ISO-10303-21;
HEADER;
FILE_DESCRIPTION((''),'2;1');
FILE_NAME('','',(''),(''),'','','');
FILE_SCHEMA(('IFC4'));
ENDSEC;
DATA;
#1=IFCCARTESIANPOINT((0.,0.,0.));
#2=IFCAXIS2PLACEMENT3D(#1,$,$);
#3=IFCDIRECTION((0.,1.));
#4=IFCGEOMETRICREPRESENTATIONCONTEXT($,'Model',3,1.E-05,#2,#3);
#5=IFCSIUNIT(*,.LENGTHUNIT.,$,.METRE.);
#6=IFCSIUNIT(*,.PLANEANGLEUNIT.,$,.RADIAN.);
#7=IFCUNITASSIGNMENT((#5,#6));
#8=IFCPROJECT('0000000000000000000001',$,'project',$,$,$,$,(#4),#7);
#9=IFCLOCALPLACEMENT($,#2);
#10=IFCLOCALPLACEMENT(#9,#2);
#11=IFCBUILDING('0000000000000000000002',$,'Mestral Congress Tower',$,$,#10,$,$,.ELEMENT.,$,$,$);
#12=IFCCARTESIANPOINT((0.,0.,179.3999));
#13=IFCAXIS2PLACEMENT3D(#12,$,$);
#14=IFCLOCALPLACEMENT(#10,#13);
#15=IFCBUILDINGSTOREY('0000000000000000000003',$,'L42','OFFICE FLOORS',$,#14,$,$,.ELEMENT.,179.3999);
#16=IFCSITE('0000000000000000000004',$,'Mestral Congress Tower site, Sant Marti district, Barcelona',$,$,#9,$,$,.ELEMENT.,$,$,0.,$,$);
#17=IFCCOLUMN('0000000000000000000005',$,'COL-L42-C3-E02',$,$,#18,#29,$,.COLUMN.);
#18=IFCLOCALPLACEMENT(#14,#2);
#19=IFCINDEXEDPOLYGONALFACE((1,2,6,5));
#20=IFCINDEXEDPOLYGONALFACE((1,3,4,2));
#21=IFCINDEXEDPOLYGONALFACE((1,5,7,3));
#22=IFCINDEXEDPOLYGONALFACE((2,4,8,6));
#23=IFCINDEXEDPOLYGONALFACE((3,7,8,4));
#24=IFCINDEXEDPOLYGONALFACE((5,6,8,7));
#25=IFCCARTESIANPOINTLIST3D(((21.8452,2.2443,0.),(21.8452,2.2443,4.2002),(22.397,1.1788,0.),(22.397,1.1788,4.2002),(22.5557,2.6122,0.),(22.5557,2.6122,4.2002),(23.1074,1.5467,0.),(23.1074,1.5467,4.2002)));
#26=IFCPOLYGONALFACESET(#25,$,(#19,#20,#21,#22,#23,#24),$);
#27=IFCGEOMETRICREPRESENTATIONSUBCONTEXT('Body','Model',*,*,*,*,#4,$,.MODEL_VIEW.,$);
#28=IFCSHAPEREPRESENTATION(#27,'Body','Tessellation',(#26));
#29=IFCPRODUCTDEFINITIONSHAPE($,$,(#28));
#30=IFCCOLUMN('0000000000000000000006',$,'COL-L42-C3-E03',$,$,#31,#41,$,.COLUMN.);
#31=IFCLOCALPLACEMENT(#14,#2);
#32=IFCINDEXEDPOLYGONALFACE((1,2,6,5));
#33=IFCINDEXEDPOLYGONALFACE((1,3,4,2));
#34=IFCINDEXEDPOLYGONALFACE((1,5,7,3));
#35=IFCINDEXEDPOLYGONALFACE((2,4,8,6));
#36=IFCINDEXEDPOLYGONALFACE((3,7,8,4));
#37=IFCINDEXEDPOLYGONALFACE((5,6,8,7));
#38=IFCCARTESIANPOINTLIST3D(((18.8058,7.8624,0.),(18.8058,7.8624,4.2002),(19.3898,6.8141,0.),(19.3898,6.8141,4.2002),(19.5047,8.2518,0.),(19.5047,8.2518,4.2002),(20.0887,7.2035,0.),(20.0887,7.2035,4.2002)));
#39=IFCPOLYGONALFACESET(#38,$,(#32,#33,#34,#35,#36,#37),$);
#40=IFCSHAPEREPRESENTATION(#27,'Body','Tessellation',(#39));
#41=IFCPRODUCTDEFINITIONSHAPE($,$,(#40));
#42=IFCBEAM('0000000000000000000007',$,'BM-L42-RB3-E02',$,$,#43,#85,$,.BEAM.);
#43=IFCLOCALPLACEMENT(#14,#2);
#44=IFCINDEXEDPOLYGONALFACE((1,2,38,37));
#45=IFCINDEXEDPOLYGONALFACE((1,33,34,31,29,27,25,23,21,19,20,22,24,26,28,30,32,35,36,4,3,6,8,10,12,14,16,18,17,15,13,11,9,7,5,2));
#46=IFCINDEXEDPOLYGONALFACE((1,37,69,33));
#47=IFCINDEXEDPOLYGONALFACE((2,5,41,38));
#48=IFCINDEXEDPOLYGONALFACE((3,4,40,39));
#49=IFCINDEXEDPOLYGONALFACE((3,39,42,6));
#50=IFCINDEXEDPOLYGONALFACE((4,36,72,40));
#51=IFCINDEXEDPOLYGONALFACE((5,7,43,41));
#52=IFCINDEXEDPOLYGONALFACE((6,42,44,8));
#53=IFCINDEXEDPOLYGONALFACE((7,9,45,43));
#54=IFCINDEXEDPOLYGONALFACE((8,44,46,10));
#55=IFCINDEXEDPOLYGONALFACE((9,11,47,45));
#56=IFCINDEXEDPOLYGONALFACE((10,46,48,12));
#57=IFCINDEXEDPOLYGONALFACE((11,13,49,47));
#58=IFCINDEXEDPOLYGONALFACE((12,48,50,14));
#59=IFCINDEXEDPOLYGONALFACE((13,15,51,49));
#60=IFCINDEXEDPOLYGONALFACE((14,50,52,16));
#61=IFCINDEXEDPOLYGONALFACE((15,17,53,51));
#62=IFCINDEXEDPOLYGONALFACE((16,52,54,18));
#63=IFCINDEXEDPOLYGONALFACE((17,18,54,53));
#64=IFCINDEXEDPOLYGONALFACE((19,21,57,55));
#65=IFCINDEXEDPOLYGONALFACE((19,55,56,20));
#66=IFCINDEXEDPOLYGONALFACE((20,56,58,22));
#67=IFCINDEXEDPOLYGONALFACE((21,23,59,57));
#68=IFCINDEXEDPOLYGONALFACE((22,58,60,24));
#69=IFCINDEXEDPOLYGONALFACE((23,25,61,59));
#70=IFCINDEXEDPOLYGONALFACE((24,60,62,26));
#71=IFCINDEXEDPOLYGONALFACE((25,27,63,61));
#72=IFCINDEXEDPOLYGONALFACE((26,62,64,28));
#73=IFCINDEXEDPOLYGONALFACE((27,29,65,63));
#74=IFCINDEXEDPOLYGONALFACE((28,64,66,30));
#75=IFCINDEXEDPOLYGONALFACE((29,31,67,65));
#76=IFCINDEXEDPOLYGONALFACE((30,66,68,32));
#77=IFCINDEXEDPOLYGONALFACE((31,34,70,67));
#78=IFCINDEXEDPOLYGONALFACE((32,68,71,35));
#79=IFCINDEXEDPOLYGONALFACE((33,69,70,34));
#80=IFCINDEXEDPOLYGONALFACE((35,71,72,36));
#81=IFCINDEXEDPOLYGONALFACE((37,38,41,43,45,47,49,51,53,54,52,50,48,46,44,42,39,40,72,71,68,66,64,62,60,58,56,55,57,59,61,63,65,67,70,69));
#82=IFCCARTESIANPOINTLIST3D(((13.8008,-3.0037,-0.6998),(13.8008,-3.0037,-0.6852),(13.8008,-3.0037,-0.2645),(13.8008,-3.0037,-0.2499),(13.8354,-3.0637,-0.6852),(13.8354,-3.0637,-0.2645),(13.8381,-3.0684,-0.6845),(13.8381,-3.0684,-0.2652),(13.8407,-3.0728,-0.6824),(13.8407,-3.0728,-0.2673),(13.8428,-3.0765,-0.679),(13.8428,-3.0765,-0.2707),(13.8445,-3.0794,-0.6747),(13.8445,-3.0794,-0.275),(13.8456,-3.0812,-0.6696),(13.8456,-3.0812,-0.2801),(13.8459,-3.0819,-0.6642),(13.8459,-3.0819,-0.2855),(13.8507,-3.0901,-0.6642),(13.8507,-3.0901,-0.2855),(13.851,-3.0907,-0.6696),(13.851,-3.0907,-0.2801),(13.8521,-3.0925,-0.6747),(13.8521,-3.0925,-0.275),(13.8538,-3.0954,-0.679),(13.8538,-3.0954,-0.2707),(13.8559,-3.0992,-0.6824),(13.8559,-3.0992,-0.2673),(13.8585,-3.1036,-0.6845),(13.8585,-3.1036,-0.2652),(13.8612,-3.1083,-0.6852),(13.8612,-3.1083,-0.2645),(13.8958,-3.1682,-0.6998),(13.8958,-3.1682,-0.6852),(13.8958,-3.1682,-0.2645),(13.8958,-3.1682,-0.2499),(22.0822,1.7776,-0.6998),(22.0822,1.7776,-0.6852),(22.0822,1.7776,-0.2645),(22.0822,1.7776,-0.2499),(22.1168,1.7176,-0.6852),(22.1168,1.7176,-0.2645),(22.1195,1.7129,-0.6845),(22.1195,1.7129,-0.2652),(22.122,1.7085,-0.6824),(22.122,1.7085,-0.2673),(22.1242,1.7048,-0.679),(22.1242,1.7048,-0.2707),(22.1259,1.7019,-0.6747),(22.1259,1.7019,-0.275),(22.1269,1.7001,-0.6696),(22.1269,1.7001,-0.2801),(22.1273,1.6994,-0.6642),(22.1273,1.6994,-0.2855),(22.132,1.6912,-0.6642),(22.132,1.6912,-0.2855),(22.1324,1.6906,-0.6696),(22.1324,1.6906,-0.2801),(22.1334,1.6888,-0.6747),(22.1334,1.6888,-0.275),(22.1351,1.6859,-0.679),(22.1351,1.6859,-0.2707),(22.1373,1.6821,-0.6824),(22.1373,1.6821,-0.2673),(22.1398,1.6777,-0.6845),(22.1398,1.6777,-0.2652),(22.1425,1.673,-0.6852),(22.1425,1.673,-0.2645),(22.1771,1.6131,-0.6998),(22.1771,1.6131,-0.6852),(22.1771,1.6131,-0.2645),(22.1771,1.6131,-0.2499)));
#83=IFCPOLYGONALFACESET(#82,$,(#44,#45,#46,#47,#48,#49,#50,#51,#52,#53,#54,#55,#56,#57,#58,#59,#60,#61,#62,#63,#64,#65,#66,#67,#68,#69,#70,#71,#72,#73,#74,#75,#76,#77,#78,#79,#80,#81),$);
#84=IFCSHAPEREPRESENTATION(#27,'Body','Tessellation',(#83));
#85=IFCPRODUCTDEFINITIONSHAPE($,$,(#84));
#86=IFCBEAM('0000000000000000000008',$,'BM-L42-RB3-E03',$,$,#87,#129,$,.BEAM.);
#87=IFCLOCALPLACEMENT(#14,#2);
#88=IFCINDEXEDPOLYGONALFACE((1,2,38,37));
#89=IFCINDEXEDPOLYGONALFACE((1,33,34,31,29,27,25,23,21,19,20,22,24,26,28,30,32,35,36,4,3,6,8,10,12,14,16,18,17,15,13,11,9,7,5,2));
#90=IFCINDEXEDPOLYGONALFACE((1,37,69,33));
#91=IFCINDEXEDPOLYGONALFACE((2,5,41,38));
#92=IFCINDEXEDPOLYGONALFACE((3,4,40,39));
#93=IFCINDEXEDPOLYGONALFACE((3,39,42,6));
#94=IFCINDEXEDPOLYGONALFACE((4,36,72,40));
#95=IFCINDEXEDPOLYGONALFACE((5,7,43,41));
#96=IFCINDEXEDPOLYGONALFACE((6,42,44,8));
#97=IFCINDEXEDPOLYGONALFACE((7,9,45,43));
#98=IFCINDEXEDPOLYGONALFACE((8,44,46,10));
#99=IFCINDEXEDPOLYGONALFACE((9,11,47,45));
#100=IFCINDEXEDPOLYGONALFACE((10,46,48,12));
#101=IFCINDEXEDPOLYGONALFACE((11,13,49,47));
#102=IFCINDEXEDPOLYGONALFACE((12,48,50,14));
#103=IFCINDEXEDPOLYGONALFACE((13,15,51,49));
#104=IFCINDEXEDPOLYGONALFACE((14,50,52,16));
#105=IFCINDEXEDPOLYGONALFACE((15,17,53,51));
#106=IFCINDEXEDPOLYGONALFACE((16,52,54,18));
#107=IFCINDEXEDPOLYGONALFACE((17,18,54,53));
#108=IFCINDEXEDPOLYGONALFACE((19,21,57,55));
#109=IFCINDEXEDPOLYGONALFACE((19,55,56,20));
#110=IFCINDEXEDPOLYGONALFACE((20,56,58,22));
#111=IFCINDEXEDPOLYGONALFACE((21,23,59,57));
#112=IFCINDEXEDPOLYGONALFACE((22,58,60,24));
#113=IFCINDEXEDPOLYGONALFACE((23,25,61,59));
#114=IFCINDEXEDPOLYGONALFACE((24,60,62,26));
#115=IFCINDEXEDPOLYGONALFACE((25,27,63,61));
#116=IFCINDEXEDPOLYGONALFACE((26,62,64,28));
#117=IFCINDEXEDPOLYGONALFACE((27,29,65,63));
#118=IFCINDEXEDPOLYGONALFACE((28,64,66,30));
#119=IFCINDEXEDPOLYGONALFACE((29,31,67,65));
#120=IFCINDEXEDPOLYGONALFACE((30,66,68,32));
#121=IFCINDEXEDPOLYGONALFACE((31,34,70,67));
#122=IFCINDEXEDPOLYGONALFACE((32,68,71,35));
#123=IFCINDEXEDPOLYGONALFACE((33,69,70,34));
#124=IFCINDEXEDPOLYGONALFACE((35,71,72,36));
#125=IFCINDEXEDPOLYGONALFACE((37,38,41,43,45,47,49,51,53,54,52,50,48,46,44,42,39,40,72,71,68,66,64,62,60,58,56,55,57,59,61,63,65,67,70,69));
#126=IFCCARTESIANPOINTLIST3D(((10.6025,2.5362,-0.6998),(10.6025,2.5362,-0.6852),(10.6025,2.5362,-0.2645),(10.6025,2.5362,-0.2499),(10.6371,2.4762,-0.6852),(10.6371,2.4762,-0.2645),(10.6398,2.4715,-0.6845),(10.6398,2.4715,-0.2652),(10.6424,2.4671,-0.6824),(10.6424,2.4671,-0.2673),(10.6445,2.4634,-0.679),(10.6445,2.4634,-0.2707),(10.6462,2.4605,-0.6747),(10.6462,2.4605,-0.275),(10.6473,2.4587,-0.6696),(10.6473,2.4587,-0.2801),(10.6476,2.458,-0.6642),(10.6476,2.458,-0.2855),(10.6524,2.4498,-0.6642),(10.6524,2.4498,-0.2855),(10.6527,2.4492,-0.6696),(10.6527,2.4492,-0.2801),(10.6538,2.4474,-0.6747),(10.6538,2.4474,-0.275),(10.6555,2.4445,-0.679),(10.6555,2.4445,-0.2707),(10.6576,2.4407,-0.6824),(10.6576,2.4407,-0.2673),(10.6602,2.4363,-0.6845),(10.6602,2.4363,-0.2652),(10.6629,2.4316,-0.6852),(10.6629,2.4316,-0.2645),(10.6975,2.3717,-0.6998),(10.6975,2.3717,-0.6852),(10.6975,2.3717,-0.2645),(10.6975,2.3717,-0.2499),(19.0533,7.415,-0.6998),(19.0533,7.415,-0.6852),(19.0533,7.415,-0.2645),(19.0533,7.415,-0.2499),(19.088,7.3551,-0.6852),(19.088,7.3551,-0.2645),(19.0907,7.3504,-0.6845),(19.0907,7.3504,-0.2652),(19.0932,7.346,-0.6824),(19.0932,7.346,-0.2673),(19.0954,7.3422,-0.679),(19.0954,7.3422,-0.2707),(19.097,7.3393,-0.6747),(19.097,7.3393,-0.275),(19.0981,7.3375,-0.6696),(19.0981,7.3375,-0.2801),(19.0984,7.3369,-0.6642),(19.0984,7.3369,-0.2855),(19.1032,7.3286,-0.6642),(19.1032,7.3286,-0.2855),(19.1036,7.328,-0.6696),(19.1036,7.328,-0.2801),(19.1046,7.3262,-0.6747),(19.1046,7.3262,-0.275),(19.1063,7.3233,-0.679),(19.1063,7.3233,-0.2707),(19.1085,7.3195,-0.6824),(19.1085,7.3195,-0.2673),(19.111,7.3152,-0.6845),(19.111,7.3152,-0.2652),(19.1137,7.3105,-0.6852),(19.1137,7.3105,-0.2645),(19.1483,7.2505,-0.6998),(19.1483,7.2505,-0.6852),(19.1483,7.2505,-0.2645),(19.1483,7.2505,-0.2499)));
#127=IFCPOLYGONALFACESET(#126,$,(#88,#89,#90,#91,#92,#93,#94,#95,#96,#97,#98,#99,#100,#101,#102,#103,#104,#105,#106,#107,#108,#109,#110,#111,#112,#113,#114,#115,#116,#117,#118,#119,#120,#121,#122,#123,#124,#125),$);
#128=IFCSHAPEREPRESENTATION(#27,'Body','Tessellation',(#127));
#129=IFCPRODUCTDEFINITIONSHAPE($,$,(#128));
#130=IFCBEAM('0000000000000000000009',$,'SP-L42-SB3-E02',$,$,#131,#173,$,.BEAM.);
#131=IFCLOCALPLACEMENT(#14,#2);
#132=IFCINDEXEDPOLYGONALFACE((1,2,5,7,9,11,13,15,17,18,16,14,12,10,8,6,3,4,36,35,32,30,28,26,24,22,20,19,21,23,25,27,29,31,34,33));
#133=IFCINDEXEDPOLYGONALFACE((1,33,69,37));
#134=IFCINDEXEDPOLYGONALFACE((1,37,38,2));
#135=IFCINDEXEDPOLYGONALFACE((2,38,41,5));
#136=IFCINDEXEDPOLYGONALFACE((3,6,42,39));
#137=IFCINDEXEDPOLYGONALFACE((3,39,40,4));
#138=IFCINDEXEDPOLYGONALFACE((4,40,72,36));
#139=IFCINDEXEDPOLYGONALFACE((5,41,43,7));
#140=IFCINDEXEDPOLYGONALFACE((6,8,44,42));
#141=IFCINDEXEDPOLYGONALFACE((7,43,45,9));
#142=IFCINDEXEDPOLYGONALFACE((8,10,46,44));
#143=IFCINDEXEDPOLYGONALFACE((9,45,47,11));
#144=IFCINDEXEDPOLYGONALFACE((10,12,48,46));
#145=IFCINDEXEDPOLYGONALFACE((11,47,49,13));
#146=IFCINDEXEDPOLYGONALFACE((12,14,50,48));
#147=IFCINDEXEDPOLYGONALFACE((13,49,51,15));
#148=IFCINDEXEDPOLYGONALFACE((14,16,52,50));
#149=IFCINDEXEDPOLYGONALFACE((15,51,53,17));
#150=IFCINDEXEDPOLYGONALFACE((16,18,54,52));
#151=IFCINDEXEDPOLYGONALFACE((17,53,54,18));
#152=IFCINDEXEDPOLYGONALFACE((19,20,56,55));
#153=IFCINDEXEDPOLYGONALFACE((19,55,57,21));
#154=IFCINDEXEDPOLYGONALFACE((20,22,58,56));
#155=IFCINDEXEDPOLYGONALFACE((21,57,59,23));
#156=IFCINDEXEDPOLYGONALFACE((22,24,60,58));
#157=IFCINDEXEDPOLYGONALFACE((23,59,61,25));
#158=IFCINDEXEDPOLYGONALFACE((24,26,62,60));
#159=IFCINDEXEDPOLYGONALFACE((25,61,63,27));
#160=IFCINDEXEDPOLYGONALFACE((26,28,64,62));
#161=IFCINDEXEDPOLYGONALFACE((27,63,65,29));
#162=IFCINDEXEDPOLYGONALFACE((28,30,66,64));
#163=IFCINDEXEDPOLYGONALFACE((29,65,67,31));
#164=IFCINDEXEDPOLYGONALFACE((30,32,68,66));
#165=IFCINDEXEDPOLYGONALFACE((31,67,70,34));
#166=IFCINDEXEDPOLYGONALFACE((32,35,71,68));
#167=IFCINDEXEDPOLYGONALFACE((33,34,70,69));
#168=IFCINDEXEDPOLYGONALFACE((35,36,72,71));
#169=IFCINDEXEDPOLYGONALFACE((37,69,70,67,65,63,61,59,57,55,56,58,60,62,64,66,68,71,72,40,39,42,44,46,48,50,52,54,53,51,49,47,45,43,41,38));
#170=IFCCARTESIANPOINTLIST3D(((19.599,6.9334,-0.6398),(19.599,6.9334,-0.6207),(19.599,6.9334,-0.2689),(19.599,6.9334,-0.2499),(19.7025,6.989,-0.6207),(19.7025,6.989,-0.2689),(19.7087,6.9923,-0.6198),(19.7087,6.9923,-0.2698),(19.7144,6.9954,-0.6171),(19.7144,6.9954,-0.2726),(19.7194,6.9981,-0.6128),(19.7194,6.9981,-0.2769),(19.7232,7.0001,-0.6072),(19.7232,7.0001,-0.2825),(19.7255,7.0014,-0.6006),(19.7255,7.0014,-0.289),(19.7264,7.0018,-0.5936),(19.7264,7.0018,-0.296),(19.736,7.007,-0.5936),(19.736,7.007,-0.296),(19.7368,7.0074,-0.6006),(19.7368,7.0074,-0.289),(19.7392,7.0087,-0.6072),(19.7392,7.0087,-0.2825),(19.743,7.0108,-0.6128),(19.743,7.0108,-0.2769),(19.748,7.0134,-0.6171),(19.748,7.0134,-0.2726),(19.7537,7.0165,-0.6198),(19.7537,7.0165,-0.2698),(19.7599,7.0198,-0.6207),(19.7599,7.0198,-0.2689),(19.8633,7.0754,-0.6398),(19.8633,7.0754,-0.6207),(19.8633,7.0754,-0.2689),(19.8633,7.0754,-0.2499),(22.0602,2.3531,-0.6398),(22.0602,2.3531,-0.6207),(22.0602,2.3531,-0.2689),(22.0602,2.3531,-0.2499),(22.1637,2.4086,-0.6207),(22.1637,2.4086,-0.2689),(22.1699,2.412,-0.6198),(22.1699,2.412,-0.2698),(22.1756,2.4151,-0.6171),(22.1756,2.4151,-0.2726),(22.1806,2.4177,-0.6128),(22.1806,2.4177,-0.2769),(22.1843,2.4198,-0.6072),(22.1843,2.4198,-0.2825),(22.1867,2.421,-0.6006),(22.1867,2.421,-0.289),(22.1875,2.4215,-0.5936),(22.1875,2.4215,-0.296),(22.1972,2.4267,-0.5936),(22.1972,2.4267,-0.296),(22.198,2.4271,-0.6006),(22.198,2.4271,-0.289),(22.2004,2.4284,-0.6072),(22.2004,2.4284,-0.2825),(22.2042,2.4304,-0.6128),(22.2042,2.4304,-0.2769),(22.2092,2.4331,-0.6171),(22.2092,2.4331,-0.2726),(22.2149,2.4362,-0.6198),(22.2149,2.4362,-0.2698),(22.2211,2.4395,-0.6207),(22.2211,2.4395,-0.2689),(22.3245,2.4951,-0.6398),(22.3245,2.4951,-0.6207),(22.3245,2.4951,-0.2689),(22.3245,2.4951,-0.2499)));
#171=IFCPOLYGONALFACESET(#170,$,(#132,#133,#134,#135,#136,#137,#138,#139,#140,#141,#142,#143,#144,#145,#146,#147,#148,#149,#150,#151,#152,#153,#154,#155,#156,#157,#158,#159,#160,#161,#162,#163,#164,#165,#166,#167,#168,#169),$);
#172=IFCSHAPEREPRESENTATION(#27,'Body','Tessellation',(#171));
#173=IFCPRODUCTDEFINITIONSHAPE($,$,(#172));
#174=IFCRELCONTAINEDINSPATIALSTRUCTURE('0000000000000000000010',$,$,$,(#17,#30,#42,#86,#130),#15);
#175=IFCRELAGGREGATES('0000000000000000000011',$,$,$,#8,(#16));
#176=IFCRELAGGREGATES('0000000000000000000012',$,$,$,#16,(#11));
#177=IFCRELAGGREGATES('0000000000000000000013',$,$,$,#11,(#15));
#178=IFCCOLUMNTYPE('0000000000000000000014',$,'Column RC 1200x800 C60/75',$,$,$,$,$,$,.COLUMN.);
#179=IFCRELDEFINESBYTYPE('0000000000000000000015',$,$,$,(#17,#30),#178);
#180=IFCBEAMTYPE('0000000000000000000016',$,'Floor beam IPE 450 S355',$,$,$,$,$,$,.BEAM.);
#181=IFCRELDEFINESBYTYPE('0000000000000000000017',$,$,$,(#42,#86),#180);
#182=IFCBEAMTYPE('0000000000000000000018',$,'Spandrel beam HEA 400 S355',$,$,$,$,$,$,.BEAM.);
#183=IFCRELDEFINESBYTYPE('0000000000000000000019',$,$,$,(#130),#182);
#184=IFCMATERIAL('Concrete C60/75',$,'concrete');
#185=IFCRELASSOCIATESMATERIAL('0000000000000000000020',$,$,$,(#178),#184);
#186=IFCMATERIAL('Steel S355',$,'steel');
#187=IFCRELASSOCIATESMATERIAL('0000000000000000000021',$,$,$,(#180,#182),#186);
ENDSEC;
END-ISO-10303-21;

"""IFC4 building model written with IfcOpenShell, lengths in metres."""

from ifc_helpers import new_model, si_unit, direction, frame, origin, origin_2d, place, context, subcontext, project, spatial, rectangle, i_section, extrude, material, material_profile, profile_set, type_object, element, save


model = new_model("IFC4")

# Units and contexts
model_context = context("Model", 3, precision=1e-05, world=origin(), true_north=direction((0.0, 1.0)))
body_context = subcontext(model_context, "Body", "Model", "MODEL_VIEW")
ifc_project = project(units=[si_unit("LENGTHUNIT", "METRE"), si_unit("PLANEANGLEUNIT", "RADIAN")], contexts=[model_context])

# Site, building, storey
site_placement = place(None, origin())
site = spatial("IfcSite", under=ifc_project, at=site_placement, Name="Mestral Congress Tower site, Sant Marti district, Barcelona", CompositionType="ELEMENT", RefElevation=0.0)
building_placement = place(site_placement, origin())
building = spatial("IfcBuilding", under=site, at=building_placement, Name="Mestral Congress Tower", CompositionType="ELEMENT")
storey_placement = place(building_placement, frame((0.0, 0.0, 179.3999)))
storey = spatial("IfcBuildingStorey", under=building, at=storey_placement, Name="L42", Description="OFFICE FLOORS", CompositionType="ELEMENT", Elevation=179.3999)

# Columns
ifc_material_1 = material(Name="Concrete C60/75", Category="concrete")
ifc_material_profile_1 = material_profile(ifc_material_1, rectangle(XDim=1.2, YDim=0.8, at=origin_2d()), Name="RC 1200x800")
ifc_profile_set_1 = profile_set([ifc_material_profile_1], Name="Concrete C60/75")
column_type = type_object("IfcColumnType", Name="Column RC 1200x800 C60/75", PredefinedType="COLUMN", material=ifc_profile_set_1)
for number, where, z_axis, x_axis, name in (
    (1, (22.4763, 1.8955, 0.0), (0.0, 0.0, 1.0), (-0.459837, 0.888003, 0.0), "COL-L42-C3-E02"),
    (2, (19.4473, 7.533, 0.0), (0.0, 0.0, 1.0), (-0.486724, 0.873556, 0.0), "COL-L42-C3-E03"),
):
    element("IfcColumn", number, at=place(storey_placement, frame(where, z_axis=z_axis, x_axis=x_axis)), inside=storey, type_object=column_type, Name=name, PredefinedType="COLUMN", context=body_context, shape_type="SweptSolid", body=[
        extrude(rectangle(XDim=1.2, YDim=0.8, at=origin_2d()), origin(), (0.0, 0.0, 1.0), 4.2002),
    ])

# Beams
ifc_material_2 = material(Name="Steel S355", Category="steel")
ifc_material_profile_2 = material_profile(ifc_material_2, i_section(OverallWidth=0.1899, OverallDepth=0.45, WebThickness=0.0095, FlangeThickness=0.0146, FilletRadius=0.021, at=origin_2d()), Name="IPE 450")
ifc_profile_set_2 = profile_set([ifc_material_profile_2], Name="Steel S355")
beam_type_1 = type_object("IfcBeamType", Name="Floor beam IPE 450 S355", PredefinedType="BEAM", material=ifc_profile_set_2)
beam_1_placement = place(storey_placement, frame((22.1296, 1.6953, -0.4749), z_axis=(-0.866022, -0.500005, 0.0), x_axis=(0.500005, -0.866022, 0.0)))
element("IfcBeam", 3, at=beam_1_placement, inside=storey, type_object=beam_type_1, Name="BM-L42-RB3-E02", PredefinedType="BEAM", context=body_context, shape_type="SweptSolid", body=[
    extrude(i_section(OverallWidth=0.1899, OverallDepth=0.45, WebThickness=0.0095, FlangeThickness=0.0146, FilletRadius=0.021, at=origin_2d()), origin(), (0.0, 0.0, 1.0), 9.5625),
])
beam_2_placement = place(storey_placement, frame((19.1008, 7.3328, -0.4749), z_axis=(-0.866036, -0.499982, 0.0), x_axis=(0.499982, -0.866036, 0.0)))
element("IfcBeam", 4, at=beam_2_placement, inside=storey, type_object=beam_type_1, Name="BM-L42-RB3-E03", PredefinedType="BEAM", context=body_context, shape_type="SweptSolid", body=[
    extrude(i_section(OverallWidth=0.1899, OverallDepth=0.45, WebThickness=0.0095, FlangeThickness=0.0146, FilletRadius=0.021, at=origin_2d()), origin(), (0.0, 0.0, 1.0), 9.7581),
])
ifc_material_profile_3 = material_profile(ifc_material_2, i_section(OverallWidth=0.3, OverallDepth=0.3899, WebThickness=0.011, FlangeThickness=0.019, FilletRadius=0.0271, at=origin_2d()), Name="HEA 400")
ifc_profile_set_3 = profile_set([ifc_material_profile_3], Name="Steel S355")
beam_type_2 = type_object("IfcBeamType", Name="Spandrel beam HEA 400 S355", PredefinedType="BEAM", material=ifc_profile_set_3)
for number, where, z_axis, x_axis, name in (
    (5, (22.1924, 2.4241, -0.4448), (-0.473332, 0.880884, 0.0), (-0.880884, -0.473332, 0.0), "SP-L42-SB3-E02"),
):
    element("IfcBeam", number, at=place(storey_placement, frame(where, z_axis=z_axis, x_axis=x_axis)), inside=storey, type_object=beam_type_2, Name=name, PredefinedType="BEAM", context=body_context, shape_type="SweptSolid", body=[
        extrude(i_section(OverallWidth=0.3, OverallDepth=0.3899, WebThickness=0.011, FlangeThickness=0.019, FilletRadius=0.0271, at=origin_2d()), origin(), (0.0, 0.0, 1.0), 5.1997),
    ])

save(model, "model.ifc")
